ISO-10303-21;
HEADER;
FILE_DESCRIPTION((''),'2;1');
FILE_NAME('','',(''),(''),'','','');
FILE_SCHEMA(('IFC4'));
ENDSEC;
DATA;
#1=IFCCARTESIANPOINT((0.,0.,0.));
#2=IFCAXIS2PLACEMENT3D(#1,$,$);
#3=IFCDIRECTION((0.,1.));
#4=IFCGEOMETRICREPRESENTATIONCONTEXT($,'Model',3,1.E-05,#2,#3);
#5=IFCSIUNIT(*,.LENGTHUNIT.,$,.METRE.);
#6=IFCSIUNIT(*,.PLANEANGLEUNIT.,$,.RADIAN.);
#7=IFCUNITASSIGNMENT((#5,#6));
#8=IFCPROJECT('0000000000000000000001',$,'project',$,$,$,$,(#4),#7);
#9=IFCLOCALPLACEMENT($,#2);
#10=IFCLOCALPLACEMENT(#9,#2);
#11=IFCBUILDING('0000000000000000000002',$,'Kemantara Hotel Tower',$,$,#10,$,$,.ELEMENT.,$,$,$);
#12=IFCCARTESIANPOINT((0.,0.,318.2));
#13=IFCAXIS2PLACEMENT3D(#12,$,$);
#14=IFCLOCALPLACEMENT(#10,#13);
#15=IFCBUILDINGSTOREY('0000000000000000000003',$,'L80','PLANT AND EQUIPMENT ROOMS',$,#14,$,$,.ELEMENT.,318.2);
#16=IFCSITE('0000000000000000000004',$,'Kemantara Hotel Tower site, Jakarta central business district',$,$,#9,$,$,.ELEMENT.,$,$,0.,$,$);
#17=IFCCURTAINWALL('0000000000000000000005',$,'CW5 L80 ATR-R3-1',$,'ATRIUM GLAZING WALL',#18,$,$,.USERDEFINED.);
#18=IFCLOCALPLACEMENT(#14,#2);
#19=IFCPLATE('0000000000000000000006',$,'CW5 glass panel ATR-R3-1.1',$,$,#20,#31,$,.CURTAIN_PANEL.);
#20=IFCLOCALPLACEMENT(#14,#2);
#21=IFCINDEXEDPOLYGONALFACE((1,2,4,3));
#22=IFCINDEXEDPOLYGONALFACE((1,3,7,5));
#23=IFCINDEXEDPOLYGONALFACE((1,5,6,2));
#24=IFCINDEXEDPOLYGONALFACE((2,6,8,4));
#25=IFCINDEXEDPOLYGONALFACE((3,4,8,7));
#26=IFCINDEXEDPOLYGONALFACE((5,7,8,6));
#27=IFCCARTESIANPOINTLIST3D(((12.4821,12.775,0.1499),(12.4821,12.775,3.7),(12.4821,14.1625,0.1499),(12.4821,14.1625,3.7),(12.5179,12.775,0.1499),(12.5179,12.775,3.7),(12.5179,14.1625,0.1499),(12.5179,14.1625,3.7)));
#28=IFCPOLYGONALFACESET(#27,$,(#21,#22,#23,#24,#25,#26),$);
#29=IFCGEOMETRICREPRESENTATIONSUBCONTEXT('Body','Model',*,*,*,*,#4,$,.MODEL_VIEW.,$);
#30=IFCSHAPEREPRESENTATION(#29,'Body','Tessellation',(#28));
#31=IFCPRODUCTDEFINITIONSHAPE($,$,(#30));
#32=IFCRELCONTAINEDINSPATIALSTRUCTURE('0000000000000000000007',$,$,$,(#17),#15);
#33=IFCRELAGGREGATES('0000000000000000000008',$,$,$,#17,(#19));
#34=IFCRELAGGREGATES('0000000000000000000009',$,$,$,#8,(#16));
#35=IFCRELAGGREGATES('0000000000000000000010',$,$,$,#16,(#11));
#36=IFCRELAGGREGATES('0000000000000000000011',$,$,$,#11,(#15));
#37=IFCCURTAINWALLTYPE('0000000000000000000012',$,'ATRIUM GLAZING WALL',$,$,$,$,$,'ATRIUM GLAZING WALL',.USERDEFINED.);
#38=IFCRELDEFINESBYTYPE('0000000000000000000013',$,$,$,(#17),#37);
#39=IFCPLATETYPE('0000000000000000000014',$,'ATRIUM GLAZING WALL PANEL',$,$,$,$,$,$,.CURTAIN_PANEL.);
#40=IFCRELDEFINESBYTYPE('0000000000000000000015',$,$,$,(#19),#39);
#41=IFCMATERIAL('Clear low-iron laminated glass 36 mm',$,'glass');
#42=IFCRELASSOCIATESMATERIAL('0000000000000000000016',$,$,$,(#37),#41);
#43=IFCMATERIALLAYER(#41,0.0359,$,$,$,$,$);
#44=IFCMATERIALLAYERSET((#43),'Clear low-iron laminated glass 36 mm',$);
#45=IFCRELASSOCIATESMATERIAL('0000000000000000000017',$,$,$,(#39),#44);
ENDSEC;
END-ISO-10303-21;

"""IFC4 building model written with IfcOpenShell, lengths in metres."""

from ifc_helpers import new_model, si_unit, direction, frame, origin, origin_2d, place, context, subcontext, project, spatial, rectangle, extrude, source, transform, mapped, material, layer, layer_set, type_object, element, aggregate, save


model = new_model("IFC4")

# Units and contexts
model_context = context("Model", 3, precision=1e-05, world=origin(), true_north=direction((0.0, 1.0)))
body_context = subcontext(model_context, "Body", "Model", "MODEL_VIEW")
ifc_project = project(units=[si_unit("LENGTHUNIT", "METRE"), si_unit("PLANEANGLEUNIT", "RADIAN")], contexts=[model_context])

# Site, building, storey
site_placement = place(None, origin())
site = spatial("IfcSite", under=ifc_project, at=site_placement, Name="Kemantara Hotel Tower site, Jakarta central business district", CompositionType="ELEMENT", RefElevation=0.0)
building_placement = place(site_placement, origin())
building = spatial("IfcBuilding", under=site, at=building_placement, Name="Kemantara Hotel Tower", CompositionType="ELEMENT")
storey_placement = place(building_placement, frame((0.0, 0.0, 318.2)))
storey = spatial("IfcBuildingStorey", under=building, at=storey_placement, Name="L80", Description="PLANT AND EQUIPMENT ROOMS", CompositionType="ELEMENT", Elevation=318.2)

# Curtain wall
ifc_material_1 = material(Name="Clear low-iron laminated glass 36 mm", Category="glass")
curtain_wall_type = type_object("IfcCurtainWallType", Name="ATRIUM GLAZING WALL", ElementType="ATRIUM GLAZING WALL", PredefinedType="USERDEFINED", material=ifc_material_1)
curtain_wall_1_placement = place(storey_placement, origin())
curtain_wall_1 = element("IfcCurtainWall", 1, at=curtain_wall_1_placement, inside=storey, type_object=curtain_wall_type, Name="CW5 L80 ATR-R3-1", ObjectType="ATRIUM GLAZING WALL", PredefinedType="USERDEFINED")

# Plate
ifc_layer = layer(ifc_material_1, 0.0359)
ifc_layer_set = layer_set([ifc_layer], Name="Clear low-iron laminated glass 36 mm")
plate_type = type_object("IfcPlateType", Name="ATRIUM GLAZING WALL PANEL", PredefinedType="CURTAIN_PANEL", material=ifc_layer_set)
shared_shape_1 = source(origin(), body_context, "Body", "SweptSolid", [
    extrude(rectangle(XDim=1.3875, YDim=0.0359, at=origin_2d()), origin(), (0.0, 0.0, 1.0), 3.55),
])
plate_1_placement = place(storey_placement, frame((12.5, 13.4688, 0.1499), z_axis=(0.0, 0.0, 1.0), x_axis=(0.0, 1.0, 0.0)))
plate_1 = element("IfcPlate", 2, at=plate_1_placement, type_object=plate_type, Name="CW5 glass panel ATR-R3-1.1", PredefinedType="CURTAIN_PANEL", context=body_context, shape_type="MappedRepresentation", body=[
    mapped(shared_shape_1, transform((0.0, 0.0, 0.0))),
])
aggregate(curtain_wall_1, [plate_1])

save(model, "model.ifc")
